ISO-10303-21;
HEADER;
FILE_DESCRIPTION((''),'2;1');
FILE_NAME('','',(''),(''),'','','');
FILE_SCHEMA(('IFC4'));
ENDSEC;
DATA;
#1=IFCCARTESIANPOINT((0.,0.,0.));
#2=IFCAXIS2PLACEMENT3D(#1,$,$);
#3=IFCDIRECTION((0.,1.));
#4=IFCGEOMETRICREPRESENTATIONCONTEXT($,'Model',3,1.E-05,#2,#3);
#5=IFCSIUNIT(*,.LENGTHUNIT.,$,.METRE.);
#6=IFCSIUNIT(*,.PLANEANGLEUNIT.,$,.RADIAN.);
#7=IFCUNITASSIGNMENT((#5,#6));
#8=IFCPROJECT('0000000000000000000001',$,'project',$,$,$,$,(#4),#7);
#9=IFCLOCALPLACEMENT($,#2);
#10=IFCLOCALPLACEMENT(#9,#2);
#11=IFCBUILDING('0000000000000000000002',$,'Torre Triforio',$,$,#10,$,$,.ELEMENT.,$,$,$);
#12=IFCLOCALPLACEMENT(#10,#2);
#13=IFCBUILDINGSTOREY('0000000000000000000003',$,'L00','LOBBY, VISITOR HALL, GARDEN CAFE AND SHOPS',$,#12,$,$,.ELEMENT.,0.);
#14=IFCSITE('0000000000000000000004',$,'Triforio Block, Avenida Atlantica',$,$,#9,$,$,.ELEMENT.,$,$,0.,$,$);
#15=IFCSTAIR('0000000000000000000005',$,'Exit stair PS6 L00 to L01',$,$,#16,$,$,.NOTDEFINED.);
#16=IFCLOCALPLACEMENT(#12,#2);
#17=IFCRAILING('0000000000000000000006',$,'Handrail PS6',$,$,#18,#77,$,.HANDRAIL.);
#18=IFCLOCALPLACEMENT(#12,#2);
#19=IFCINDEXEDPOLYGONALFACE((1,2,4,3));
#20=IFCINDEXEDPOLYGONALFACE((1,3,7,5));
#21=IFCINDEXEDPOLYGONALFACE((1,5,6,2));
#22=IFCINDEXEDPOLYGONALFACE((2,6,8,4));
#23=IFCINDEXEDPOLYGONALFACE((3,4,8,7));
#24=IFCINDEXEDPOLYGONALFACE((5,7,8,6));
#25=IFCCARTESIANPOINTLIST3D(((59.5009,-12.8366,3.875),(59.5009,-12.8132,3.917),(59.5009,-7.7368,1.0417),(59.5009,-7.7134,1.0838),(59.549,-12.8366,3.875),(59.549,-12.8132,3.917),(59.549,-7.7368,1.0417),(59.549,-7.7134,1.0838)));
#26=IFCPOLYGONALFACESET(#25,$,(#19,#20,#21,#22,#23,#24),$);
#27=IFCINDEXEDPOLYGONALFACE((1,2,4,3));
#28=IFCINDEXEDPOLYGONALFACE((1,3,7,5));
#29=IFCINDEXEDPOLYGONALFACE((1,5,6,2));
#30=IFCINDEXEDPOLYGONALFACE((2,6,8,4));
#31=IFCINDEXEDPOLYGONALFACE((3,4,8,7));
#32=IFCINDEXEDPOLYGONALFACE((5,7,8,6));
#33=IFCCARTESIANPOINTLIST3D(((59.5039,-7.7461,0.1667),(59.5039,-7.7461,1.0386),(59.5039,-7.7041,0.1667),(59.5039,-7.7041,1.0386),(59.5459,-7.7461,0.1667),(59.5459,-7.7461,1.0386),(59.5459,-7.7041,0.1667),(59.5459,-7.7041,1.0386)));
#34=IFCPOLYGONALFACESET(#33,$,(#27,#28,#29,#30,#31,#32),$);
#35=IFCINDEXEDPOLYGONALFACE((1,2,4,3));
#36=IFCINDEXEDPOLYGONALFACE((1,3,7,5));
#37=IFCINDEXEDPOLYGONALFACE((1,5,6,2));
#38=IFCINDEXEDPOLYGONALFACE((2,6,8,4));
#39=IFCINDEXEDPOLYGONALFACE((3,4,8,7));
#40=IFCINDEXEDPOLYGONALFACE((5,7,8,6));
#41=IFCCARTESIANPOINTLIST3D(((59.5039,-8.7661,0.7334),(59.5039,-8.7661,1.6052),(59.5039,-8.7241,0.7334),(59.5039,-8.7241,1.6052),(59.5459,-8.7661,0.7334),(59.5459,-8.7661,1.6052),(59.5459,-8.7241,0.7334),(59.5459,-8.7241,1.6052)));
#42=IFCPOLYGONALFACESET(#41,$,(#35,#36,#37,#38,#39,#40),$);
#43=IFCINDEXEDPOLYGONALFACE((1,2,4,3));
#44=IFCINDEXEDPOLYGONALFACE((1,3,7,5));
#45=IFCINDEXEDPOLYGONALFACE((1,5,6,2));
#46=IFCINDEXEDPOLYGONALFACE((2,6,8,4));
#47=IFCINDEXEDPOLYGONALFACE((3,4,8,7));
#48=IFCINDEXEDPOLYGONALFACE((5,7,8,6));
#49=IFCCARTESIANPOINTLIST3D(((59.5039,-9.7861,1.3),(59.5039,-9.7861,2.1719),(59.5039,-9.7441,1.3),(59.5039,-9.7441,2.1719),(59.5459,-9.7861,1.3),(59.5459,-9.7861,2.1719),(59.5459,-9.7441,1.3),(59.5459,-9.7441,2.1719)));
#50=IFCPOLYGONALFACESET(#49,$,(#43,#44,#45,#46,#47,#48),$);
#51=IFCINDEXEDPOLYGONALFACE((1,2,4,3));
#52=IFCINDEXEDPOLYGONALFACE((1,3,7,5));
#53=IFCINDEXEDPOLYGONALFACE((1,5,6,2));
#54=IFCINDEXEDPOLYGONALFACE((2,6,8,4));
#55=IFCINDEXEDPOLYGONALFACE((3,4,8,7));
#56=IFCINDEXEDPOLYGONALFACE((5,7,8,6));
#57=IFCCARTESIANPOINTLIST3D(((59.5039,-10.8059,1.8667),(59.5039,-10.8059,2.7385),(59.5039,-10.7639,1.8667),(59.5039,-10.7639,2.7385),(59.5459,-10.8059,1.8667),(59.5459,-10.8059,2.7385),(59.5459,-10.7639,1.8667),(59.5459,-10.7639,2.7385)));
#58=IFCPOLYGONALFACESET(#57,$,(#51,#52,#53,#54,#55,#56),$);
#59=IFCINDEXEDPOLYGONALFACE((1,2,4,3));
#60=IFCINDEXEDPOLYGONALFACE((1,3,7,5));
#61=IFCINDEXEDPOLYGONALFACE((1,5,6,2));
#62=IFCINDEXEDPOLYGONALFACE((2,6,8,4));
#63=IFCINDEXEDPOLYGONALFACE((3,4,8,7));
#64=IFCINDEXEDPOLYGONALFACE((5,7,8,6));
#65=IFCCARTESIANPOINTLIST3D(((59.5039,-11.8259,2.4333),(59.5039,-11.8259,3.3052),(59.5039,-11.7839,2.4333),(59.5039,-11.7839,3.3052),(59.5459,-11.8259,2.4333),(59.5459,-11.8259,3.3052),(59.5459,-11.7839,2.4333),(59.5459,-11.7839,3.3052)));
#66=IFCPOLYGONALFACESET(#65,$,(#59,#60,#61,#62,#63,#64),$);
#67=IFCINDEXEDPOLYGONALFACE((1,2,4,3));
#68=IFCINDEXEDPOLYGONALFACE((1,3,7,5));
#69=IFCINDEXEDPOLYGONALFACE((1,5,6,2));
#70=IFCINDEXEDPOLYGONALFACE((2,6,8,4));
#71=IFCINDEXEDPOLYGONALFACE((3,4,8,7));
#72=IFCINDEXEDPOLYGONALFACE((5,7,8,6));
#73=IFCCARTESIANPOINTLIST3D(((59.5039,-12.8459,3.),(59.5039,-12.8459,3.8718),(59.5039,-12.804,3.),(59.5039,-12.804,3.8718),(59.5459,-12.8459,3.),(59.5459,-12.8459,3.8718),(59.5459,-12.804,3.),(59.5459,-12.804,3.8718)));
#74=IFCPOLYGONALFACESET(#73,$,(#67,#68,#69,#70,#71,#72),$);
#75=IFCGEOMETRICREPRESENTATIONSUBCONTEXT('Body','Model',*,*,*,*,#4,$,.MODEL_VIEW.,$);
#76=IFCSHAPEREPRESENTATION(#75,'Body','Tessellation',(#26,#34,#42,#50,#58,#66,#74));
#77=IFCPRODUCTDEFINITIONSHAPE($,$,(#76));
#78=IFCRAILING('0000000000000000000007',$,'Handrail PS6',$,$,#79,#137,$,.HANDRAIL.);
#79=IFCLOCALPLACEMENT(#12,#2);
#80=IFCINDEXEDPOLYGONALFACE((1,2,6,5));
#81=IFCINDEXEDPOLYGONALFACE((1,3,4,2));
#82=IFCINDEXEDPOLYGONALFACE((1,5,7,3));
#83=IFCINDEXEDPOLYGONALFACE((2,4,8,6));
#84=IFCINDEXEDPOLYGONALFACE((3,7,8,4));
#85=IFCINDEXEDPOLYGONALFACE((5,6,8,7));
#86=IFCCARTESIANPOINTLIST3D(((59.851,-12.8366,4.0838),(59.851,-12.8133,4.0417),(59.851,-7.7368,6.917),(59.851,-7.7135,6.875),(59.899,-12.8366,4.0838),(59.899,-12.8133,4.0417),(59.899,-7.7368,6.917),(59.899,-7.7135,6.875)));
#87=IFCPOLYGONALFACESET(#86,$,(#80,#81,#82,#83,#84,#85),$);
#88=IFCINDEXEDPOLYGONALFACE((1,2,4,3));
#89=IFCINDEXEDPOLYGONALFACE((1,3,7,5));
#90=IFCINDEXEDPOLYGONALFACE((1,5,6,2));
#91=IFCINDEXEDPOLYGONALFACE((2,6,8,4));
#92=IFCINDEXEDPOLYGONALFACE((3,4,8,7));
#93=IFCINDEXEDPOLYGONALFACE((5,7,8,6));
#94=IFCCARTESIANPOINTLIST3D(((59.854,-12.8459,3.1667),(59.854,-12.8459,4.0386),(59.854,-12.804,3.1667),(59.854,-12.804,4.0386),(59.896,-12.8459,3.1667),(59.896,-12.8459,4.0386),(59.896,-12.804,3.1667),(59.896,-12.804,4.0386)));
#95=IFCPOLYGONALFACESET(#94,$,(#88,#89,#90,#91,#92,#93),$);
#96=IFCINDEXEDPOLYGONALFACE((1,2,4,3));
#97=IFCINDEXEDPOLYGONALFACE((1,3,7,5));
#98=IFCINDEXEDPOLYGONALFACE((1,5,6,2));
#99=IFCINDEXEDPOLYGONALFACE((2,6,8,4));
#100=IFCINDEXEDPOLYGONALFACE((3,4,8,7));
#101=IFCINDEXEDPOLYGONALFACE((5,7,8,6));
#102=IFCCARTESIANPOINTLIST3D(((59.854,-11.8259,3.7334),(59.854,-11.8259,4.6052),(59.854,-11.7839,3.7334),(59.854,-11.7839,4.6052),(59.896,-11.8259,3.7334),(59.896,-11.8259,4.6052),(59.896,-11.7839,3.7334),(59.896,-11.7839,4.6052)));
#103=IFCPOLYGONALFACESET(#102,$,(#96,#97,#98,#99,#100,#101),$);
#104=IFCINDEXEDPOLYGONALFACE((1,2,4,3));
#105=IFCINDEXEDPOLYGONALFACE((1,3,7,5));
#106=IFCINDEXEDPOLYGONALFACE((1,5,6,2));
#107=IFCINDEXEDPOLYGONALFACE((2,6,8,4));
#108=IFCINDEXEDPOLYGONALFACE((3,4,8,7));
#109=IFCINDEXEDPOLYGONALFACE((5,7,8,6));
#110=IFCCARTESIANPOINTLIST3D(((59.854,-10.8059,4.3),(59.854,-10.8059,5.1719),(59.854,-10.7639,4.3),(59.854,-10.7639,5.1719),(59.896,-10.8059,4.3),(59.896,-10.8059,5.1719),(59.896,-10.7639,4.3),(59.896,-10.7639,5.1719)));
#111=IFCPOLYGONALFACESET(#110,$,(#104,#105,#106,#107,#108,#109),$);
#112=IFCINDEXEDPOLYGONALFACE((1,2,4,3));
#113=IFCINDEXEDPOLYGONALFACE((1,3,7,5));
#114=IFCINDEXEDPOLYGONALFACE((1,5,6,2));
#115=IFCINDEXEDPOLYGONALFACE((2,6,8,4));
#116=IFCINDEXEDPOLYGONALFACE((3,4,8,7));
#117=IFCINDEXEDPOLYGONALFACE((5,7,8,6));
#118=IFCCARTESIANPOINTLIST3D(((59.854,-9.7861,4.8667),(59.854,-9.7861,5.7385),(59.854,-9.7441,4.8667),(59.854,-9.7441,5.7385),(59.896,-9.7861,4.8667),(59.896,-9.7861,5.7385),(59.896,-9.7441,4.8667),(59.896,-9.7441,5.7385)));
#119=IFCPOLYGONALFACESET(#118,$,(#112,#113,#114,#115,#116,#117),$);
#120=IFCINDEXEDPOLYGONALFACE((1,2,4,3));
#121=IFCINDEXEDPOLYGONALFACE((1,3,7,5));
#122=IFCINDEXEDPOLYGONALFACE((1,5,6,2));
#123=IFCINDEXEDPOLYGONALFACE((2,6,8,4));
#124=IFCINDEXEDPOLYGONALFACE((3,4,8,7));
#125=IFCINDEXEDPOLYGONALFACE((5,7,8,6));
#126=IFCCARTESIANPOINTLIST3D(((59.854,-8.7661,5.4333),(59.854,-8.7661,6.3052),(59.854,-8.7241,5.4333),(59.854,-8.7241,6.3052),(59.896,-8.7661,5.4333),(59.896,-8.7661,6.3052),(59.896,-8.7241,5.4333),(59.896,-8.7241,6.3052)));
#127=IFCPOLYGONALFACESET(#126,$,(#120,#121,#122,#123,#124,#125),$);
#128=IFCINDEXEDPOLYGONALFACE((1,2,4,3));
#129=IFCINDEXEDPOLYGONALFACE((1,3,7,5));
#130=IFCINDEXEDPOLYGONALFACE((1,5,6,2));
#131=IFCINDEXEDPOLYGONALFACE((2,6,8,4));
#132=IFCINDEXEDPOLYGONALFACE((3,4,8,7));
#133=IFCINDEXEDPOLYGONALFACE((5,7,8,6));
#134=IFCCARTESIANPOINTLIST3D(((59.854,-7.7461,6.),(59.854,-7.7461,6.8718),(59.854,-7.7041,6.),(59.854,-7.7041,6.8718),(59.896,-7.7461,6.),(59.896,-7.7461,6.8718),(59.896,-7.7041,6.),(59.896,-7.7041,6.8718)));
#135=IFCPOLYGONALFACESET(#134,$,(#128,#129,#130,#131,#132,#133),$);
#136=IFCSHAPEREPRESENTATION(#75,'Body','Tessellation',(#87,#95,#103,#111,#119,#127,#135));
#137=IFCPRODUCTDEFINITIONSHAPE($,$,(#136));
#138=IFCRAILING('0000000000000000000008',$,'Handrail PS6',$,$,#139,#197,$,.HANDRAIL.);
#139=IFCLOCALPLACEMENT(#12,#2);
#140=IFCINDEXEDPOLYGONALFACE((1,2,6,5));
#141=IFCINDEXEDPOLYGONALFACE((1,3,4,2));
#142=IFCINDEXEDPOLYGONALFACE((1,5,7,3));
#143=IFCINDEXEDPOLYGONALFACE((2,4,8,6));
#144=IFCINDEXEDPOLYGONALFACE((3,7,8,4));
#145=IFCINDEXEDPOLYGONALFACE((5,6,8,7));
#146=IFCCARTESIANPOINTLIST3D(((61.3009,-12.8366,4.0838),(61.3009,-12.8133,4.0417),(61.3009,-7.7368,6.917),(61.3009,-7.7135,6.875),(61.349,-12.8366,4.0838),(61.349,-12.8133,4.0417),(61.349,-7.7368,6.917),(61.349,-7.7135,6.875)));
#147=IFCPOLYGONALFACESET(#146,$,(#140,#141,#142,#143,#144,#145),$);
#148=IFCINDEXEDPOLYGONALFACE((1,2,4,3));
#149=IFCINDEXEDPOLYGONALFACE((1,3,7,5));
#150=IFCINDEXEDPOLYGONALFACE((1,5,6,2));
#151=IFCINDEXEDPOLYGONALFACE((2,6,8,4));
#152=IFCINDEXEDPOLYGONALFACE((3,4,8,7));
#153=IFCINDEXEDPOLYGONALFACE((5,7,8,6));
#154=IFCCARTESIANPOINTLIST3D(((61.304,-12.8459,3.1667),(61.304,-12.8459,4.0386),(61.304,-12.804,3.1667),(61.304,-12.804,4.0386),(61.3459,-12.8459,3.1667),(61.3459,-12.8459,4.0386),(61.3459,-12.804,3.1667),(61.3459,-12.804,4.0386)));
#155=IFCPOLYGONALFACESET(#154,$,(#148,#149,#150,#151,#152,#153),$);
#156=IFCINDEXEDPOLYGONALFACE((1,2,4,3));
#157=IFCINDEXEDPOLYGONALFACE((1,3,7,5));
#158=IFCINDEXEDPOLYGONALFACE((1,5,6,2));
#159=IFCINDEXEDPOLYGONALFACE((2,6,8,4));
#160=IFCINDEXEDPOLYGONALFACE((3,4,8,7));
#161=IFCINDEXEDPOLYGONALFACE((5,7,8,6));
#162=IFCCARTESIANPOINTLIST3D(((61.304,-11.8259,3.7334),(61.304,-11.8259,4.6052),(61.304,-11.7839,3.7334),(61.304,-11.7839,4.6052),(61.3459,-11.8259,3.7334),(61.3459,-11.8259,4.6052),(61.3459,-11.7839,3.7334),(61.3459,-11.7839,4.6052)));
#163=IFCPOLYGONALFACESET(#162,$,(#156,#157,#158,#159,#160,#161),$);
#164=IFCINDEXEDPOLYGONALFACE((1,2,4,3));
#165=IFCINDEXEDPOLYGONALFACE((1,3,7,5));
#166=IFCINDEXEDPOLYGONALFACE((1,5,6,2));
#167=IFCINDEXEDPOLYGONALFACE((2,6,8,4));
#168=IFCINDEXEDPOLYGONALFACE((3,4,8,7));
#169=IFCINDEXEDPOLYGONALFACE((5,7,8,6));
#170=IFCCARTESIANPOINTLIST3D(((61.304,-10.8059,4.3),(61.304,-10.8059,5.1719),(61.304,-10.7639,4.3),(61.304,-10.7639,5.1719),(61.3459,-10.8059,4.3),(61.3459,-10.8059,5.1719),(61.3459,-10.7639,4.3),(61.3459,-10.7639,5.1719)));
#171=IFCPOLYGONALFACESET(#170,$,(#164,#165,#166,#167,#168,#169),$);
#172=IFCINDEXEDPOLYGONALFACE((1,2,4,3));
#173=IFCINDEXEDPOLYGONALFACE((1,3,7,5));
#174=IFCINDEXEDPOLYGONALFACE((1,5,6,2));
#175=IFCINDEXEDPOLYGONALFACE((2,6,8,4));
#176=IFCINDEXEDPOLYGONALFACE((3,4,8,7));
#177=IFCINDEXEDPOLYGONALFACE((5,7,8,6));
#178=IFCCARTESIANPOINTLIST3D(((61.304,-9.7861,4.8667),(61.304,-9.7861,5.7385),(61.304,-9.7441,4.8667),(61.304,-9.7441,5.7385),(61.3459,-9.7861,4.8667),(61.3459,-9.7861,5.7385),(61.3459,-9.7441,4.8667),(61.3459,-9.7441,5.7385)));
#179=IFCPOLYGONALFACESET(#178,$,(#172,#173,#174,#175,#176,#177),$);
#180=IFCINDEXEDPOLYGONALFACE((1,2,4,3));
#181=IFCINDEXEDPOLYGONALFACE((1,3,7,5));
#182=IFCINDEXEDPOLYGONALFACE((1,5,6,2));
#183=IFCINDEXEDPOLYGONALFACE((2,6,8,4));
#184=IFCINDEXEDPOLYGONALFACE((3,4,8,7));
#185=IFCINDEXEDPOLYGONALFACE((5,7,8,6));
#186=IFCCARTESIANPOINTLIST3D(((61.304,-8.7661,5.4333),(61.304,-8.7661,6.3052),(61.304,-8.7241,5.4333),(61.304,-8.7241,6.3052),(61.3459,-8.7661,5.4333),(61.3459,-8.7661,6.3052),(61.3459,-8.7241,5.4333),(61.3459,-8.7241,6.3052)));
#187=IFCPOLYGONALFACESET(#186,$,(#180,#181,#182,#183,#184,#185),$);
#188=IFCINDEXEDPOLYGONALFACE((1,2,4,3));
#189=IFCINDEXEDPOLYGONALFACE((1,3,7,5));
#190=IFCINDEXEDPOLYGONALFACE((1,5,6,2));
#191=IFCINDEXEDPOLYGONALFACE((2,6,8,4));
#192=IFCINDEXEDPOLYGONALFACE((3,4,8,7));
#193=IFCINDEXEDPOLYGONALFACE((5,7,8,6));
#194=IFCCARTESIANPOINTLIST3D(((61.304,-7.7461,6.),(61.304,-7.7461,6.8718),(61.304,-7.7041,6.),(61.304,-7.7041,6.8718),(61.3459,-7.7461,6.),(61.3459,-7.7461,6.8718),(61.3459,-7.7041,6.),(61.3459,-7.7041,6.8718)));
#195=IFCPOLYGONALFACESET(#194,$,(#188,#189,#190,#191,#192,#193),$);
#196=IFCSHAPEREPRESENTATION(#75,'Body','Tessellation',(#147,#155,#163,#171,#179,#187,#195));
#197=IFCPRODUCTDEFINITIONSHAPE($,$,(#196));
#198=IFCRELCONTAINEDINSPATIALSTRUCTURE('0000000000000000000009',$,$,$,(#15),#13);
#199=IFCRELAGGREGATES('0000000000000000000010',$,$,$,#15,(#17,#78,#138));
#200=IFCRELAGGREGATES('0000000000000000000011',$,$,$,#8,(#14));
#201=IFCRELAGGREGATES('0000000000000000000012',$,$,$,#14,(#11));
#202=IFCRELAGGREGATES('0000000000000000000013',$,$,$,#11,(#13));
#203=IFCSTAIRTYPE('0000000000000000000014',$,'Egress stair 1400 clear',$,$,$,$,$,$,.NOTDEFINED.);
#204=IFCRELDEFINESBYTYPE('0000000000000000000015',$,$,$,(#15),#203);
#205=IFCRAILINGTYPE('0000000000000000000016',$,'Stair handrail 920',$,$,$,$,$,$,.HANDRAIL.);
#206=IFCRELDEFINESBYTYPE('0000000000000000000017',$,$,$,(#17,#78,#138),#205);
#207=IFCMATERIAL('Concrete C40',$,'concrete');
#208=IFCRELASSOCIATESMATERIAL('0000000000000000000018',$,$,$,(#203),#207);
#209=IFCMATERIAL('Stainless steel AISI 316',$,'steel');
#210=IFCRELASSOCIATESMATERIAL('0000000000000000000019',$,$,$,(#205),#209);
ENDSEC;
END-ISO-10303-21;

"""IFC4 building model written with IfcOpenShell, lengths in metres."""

from ifc_helpers import new_model, si_unit, direction, frame, origin, origin_2d, place, context, subcontext, project, spatial, rectangle, extrude, material, type_object, element, aggregate, save


model = new_model("IFC4")

# Units and contexts
model_context = context("Model", 3, precision=1e-05, world=origin(), true_north=direction((0.0, 1.0)))
body_context = subcontext(model_context, "Body", "Model", "MODEL_VIEW")
ifc_project = project(units=[si_unit("LENGTHUNIT", "METRE"), si_unit("PLANEANGLEUNIT", "RADIAN")], contexts=[model_context])

# Site, building, storey
site_placement = place(None, origin())
site = spatial("IfcSite", under=ifc_project, at=site_placement, Name="Triforio Block, Avenida Atlantica", CompositionType="ELEMENT", RefElevation=0.0)
building_placement = place(site_placement, origin())
building = spatial("IfcBuilding", under=site, at=building_placement, Name="Torre Triforio", CompositionType="ELEMENT")
storey_placement = place(building_placement, origin())
storey = spatial("IfcBuildingStorey", under=building, at=storey_placement, Name="L00", Description="LOBBY, VISITOR HALL, GARDEN CAFE AND SHOPS", CompositionType="ELEMENT", Elevation=0.0)

# Shared definitions
ifc_material_1 = material(Name="Concrete C40", Category="concrete")

# Shared definitions
stair_type = type_object("IfcStairType", Name="Egress stair 1400 clear", PredefinedType="NOTDEFINED", material=ifc_material_1)

# Stair
stair_1_placement = place(storey_placement, origin())
stair_1 = element("IfcStair", 1, at=stair_1_placement, inside=storey, type_object=stair_type, Name="Exit stair PS6 L00 to L01", PredefinedType="NOTDEFINED")

# Railings
ifc_material_2 = material(Name="Stainless steel AISI 316", Category="steel")
railing_type = type_object("IfcRailingType", Name="Stair handrail 920", PredefinedType="HANDRAIL", material=ifc_material_2)
railing_1_placement = place(storey_placement, frame((59.5249, -7.7251, 0.1667)))
railing_1 = element("IfcRailing", 2, at=railing_1_placement, type_object=railing_type, Name="Handrail PS6", PredefinedType="HANDRAIL", context=body_context, shape_type="SweptSolid", body=[
    extrude(rectangle(XDim=0.0481, YDim=0.0481, at=origin_2d()), frame((0.0, 0.0, 0.896), z_axis=(0.0, -0.874157, 0.485643), x_axis=(1.0, 0.0, 0.0)), (0.0, 0.0, 1.0), 5.834),
    extrude(rectangle(XDim=0.042, YDim=0.042, at=origin_2d()), origin(), (0.0, 0.0, 1.0), 0.8718),
    extrude(rectangle(XDim=0.042, YDim=0.042, at=origin_2d()), frame((0.0, -1.02, 0.5667)), (0.0, 0.0, 1.0), 0.8718),
    extrude(rectangle(XDim=0.042, YDim=0.042, at=origin_2d()), frame((0.0, -2.04, 1.1333)), (0.0, 0.0, 1.0), 0.8718),
    extrude(rectangle(XDim=0.042, YDim=0.042, at=origin_2d()), frame((0.0, -3.0598, 1.7)), (0.0, 0.0, 1.0), 0.8718),
    extrude(rectangle(XDim=0.042, YDim=0.042, at=origin_2d()), frame((0.0, -4.0798, 2.2666)), (0.0, 0.0, 1.0), 0.8718),
    extrude(rectangle(XDim=0.042, YDim=0.042, at=origin_2d()), frame((0.0, -5.0999, 2.8333)), (0.0, 0.0, 1.0), 0.8718),
])
railing_2_placement = place(storey_placement, frame((59.875, -12.825, 3.1667)))
railing_2 = element("IfcRailing", 3, at=railing_2_placement, type_object=railing_type, Name="Handrail PS6", PredefinedType="HANDRAIL", context=body_context, shape_type="SweptSolid", body=[
    extrude(rectangle(XDim=0.0481, YDim=0.0481, at=origin_2d()), frame((0.0, 0.0, 0.896), z_axis=(0.0, 0.874157, 0.485643), x_axis=(-1.0, 0.0, 0.0)), (0.0, 0.0, 1.0), 5.834),
    extrude(rectangle(XDim=0.042, YDim=0.042, at=origin_2d()), origin(), (0.0, 0.0, 1.0), 0.8718),
    extrude(rectangle(XDim=0.042, YDim=0.042, at=origin_2d()), frame((0.0, 1.02, 0.5667)), (0.0, 0.0, 1.0), 0.8718),
    extrude(rectangle(XDim=0.042, YDim=0.042, at=origin_2d()), frame((0.0, 2.04, 1.1333)), (0.0, 0.0, 1.0), 0.8718),
    extrude(rectangle(XDim=0.042, YDim=0.042, at=origin_2d()), frame((0.0, 3.0598, 1.7)), (0.0, 0.0, 1.0), 0.8718),
    extrude(rectangle(XDim=0.042, YDim=0.042, at=origin_2d()), frame((0.0, 4.0798, 2.2666)), (0.0, 0.0, 1.0), 0.8718),
    extrude(rectangle(XDim=0.042, YDim=0.042, at=origin_2d()), frame((0.0, 5.0999, 2.8333)), (0.0, 0.0, 1.0), 0.8718),
])
railing_3_placement = place(storey_placement, frame((61.325, -12.825, 3.1667)))
railing_3 = element("IfcRailing", 4, at=railing_3_placement, type_object=railing_type, Name="Handrail PS6", PredefinedType="HANDRAIL", context=body_context, shape_type="SweptSolid", body=[
    extrude(rectangle(XDim=0.0481, YDim=0.0481, at=origin_2d()), frame((0.0, 0.0, 0.896), z_axis=(0.0, 0.874157, 0.485643), x_axis=(-1.0, 0.0, 0.0)), (0.0, 0.0, 1.0), 5.834),
    extrude(rectangle(XDim=0.042, YDim=0.042, at=origin_2d()), origin(), (0.0, 0.0, 1.0), 0.8718),
    extrude(rectangle(XDim=0.042, YDim=0.042, at=origin_2d()), frame((0.0, 1.02, 0.5667)), (0.0, 0.0, 1.0), 0.8718),
    extrude(rectangle(XDim=0.042, YDim=0.042, at=origin_2d()), frame((0.0, 2.04, 1.1333)), (0.0, 0.0, 1.0), 0.8718),
    extrude(rectangle(XDim=0.042, YDim=0.042, at=origin_2d()), frame((0.0, 3.0598, 1.7)), (0.0, 0.0, 1.0), 0.8718),
    extrude(rectangle(XDim=0.042, YDim=0.042, at=origin_2d()), frame((0.0, 4.0798, 2.2666)), (0.0, 0.0, 1.0), 0.8718),
    extrude(rectangle(XDim=0.042, YDim=0.042, at=origin_2d()), frame((0.0, 5.0999, 2.8333)), (0.0, 0.0, 1.0), 0.8718),
])
aggregate(stair_1, [railing_1, railing_2, railing_3])

save(model, "model.ifc")
